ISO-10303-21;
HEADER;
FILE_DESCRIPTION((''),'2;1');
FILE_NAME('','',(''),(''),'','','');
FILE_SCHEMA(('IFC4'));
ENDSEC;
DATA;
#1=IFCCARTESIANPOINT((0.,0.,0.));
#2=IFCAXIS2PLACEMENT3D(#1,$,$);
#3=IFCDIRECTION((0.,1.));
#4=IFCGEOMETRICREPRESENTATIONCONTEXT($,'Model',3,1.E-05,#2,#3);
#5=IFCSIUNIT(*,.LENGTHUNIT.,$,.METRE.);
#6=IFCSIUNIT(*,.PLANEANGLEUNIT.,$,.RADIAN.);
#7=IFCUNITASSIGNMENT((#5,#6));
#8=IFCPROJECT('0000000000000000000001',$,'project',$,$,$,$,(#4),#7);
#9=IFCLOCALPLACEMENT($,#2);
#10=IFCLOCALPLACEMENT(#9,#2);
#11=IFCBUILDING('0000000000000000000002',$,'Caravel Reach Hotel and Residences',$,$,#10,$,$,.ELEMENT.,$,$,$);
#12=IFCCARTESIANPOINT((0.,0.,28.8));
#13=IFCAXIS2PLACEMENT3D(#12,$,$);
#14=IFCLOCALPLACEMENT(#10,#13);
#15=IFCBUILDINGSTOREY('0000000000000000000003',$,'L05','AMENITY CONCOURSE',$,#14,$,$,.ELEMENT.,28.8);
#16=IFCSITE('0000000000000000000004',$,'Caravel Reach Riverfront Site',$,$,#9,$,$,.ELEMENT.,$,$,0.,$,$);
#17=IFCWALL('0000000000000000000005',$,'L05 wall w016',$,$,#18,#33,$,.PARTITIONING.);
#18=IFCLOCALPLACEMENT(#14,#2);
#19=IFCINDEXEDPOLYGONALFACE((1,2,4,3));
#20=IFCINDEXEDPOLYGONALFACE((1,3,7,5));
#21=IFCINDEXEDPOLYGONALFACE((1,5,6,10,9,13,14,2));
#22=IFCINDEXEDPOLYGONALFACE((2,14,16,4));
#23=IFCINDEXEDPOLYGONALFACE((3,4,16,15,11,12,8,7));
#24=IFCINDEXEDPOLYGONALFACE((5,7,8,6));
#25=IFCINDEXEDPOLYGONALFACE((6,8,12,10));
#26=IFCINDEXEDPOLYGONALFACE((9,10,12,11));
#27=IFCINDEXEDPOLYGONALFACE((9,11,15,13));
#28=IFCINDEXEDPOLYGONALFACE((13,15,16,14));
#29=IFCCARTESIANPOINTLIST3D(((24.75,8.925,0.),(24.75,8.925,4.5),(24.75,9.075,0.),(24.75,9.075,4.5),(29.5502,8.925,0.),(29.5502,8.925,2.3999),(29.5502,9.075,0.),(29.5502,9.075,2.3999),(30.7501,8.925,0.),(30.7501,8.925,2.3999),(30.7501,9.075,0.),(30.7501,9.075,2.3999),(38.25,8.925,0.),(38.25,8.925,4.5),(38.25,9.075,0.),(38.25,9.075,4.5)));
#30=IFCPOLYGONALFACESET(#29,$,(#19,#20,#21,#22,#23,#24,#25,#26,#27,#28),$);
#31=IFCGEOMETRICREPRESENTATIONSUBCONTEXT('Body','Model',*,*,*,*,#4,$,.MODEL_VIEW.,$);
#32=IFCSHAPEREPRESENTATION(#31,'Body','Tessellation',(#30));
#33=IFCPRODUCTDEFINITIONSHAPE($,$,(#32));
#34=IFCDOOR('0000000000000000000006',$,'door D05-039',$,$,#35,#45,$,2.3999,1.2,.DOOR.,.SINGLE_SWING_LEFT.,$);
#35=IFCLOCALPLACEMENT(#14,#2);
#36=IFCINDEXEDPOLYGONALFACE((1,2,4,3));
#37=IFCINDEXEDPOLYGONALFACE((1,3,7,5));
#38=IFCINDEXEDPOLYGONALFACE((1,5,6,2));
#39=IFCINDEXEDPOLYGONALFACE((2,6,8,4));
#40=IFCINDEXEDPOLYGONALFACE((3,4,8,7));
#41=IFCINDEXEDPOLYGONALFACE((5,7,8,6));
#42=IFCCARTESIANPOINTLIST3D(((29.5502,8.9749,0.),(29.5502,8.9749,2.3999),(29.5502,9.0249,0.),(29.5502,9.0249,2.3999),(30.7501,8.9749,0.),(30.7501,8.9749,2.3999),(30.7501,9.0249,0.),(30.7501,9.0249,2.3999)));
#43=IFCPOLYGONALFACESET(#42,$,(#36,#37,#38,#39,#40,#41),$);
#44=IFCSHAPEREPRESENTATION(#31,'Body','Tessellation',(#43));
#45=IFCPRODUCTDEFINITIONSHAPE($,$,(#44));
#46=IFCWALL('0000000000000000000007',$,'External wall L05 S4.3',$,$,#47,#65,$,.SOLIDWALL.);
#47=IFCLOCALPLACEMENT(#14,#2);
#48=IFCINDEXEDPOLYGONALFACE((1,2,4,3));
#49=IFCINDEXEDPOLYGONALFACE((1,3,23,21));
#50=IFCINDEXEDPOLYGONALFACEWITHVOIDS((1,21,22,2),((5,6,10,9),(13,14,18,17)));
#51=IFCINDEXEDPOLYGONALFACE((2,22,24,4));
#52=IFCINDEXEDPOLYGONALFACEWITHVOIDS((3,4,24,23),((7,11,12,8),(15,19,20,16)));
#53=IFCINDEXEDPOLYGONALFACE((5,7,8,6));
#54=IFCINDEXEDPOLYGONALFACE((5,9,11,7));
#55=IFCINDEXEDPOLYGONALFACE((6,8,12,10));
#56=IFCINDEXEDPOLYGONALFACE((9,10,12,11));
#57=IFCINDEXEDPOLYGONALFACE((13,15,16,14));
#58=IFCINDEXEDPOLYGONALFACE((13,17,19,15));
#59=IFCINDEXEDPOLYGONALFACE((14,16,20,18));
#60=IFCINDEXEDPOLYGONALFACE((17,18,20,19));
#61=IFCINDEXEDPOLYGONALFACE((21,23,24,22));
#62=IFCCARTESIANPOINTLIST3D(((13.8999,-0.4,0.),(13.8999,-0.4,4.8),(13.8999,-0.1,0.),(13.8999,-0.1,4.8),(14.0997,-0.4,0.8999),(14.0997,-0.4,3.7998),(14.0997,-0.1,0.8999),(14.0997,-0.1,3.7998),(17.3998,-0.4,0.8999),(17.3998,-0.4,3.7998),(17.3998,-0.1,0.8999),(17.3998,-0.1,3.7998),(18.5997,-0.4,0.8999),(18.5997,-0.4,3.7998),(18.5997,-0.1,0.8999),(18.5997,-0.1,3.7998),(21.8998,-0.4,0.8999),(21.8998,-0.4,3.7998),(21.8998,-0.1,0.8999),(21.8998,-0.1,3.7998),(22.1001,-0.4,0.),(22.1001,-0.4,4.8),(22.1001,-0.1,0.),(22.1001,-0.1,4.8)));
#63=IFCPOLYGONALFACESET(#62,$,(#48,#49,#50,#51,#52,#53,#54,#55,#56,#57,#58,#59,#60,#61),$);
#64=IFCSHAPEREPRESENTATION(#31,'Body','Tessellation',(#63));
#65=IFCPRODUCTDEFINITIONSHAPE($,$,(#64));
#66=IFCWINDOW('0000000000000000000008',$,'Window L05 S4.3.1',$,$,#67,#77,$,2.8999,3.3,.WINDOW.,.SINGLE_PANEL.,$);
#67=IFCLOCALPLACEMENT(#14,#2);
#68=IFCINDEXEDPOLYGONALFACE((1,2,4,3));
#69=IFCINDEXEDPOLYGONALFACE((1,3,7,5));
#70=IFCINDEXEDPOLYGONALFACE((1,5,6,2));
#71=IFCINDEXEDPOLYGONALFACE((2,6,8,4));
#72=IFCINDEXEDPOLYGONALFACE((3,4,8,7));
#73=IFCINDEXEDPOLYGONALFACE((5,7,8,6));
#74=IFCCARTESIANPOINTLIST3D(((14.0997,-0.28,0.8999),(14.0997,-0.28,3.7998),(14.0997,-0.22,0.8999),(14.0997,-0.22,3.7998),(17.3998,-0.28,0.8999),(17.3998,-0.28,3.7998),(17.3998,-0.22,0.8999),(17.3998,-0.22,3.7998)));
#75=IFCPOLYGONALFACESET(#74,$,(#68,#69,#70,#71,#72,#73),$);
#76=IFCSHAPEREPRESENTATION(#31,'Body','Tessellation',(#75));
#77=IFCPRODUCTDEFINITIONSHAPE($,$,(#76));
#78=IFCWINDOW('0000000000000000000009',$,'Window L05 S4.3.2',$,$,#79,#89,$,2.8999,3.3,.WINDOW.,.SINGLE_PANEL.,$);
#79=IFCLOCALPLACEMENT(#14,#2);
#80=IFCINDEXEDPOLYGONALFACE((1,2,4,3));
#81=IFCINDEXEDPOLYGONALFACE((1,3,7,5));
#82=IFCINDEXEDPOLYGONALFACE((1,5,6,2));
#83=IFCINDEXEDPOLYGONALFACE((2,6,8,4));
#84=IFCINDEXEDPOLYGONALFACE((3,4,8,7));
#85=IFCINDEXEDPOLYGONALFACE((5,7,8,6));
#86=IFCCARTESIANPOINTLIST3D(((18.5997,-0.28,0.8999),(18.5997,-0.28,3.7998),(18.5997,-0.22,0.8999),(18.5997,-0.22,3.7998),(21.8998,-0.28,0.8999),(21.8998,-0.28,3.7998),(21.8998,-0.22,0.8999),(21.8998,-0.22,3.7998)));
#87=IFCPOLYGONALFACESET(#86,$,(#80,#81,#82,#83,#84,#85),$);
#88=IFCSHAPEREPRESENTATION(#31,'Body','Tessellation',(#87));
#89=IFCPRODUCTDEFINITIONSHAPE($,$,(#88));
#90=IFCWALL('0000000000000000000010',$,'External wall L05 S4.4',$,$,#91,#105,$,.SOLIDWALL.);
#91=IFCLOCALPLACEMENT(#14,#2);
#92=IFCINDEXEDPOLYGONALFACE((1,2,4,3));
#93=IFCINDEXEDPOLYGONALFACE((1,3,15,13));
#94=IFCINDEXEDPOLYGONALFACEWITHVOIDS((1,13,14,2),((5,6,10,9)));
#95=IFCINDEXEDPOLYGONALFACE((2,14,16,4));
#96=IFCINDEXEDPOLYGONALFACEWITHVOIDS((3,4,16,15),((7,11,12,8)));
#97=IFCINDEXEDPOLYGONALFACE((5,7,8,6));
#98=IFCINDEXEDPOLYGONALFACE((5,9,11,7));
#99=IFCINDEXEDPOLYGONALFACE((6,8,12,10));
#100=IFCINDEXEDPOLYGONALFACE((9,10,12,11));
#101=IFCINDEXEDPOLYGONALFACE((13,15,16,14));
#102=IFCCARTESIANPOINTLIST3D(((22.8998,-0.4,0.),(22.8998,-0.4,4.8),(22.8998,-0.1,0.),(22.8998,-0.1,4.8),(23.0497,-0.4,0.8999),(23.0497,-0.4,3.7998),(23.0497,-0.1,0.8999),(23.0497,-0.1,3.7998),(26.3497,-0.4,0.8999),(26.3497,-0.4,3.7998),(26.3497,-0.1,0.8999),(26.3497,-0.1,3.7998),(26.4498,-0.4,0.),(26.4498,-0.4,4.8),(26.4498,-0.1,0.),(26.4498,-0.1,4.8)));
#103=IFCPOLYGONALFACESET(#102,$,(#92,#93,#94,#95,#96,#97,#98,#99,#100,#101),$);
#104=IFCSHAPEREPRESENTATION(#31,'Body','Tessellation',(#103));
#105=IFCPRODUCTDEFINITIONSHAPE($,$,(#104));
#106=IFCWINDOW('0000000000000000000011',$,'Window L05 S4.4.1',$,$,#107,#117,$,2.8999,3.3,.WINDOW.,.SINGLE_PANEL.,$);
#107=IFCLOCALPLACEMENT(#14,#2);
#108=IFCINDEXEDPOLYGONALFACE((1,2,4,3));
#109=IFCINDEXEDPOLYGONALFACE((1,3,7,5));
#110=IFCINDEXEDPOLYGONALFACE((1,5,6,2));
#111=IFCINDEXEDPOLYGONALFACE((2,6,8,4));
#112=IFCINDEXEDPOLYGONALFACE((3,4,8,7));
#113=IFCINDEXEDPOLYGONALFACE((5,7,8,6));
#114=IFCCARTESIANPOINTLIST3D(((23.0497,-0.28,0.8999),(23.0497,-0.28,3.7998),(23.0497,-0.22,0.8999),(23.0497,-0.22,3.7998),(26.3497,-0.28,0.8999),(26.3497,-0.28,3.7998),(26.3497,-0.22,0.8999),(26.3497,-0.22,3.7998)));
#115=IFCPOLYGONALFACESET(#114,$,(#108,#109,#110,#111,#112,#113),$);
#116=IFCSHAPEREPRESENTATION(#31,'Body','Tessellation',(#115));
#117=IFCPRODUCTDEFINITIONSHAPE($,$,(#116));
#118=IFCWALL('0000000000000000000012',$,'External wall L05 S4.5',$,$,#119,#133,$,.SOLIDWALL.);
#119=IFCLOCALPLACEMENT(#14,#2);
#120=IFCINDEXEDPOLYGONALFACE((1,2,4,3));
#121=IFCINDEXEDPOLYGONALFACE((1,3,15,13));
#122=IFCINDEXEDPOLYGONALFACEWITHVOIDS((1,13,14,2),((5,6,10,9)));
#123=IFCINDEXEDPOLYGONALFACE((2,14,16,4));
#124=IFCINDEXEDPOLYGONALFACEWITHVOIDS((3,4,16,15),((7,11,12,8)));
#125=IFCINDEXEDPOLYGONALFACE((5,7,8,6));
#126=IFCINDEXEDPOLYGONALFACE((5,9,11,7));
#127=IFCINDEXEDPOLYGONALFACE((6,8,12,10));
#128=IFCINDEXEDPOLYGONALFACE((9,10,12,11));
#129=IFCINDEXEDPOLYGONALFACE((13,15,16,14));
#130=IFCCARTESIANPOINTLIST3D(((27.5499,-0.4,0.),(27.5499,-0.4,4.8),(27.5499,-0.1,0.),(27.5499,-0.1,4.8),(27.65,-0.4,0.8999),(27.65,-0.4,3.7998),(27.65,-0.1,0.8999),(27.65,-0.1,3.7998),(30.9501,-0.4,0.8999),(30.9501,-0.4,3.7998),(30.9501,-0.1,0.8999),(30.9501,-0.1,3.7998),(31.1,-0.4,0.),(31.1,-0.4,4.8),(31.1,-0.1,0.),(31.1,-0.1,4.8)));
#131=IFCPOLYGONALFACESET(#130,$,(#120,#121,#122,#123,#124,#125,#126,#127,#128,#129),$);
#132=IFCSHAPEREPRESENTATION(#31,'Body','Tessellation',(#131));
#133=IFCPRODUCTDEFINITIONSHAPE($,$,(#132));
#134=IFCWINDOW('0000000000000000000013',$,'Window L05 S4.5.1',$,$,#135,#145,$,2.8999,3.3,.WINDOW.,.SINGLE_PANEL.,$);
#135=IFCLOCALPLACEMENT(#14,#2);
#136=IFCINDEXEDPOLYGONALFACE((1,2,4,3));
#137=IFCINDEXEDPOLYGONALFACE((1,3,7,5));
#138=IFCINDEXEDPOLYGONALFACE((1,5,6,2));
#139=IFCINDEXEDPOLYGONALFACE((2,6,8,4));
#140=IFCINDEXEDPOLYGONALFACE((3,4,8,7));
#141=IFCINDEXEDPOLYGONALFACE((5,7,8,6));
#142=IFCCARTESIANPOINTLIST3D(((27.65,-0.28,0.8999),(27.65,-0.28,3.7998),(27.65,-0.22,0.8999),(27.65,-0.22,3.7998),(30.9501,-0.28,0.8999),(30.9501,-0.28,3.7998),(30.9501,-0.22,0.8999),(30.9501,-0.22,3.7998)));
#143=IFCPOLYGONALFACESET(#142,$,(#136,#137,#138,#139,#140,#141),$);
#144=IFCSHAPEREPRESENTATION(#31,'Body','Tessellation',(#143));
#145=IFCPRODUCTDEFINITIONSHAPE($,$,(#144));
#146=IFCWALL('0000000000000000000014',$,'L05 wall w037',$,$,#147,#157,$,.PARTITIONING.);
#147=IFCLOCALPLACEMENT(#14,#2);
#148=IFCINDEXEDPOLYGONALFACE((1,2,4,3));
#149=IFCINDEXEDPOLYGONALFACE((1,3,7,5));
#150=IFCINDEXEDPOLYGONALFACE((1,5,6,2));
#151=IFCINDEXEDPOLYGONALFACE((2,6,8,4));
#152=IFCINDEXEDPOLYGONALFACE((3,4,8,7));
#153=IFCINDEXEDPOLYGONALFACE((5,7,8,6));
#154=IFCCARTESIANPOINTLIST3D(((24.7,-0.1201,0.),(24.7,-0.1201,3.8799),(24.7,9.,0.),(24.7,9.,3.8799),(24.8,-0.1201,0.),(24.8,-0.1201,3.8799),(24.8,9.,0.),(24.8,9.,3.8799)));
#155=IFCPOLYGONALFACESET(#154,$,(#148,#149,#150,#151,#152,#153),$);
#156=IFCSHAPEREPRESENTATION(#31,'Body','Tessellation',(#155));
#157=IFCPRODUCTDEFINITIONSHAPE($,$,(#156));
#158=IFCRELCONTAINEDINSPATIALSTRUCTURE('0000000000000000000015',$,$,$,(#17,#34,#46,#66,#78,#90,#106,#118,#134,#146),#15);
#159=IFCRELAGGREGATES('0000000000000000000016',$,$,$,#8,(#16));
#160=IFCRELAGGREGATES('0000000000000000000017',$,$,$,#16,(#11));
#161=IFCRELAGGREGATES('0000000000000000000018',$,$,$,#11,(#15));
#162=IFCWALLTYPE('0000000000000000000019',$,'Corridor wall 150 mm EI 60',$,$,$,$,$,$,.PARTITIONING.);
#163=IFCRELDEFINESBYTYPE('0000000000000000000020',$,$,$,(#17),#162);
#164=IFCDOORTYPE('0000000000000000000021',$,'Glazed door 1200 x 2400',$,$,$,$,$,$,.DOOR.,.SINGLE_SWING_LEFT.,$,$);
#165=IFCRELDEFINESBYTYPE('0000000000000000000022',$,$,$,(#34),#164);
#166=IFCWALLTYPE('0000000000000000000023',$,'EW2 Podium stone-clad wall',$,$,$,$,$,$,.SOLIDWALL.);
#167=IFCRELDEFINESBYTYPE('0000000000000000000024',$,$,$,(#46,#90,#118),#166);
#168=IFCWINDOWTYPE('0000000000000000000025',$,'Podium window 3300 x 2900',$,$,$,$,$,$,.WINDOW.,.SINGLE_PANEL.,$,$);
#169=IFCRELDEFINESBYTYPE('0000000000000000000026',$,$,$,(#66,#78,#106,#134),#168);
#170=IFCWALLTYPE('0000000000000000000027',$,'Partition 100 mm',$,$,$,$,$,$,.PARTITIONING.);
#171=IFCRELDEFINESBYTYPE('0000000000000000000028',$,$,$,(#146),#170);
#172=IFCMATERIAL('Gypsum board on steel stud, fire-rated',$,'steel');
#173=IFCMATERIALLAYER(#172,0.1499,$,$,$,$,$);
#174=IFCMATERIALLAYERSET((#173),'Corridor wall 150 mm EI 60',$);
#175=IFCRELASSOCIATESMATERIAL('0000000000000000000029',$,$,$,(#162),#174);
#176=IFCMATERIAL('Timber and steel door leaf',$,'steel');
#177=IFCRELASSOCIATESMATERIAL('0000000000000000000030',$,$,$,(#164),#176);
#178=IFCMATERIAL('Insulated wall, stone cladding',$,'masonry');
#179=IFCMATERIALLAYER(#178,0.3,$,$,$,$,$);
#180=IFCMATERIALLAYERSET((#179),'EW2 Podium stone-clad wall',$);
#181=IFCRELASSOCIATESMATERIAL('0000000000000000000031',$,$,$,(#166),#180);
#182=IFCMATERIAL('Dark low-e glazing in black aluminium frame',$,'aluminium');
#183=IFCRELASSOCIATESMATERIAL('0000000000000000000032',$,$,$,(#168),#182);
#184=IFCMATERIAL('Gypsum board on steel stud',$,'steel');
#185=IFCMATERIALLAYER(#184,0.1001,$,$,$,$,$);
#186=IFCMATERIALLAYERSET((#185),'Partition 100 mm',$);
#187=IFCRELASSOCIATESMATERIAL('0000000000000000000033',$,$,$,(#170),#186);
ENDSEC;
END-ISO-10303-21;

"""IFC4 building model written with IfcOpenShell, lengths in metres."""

from ifc_helpers import new_model, si_unit, direction, frame, frame_2d, origin, place, context, subcontext, project, spatial, rectangle, extrude, material, layer, layer_set, type_object, element, fill, save


model = new_model("IFC4")

# Units and contexts
model_context = context("Model", 3, precision=1e-05, world=origin(), true_north=direction((0.0, 1.0)))
body_context = subcontext(model_context, "Body", "Model", "MODEL_VIEW")
ifc_project = project(units=[si_unit("LENGTHUNIT", "METRE"), si_unit("PLANEANGLEUNIT", "RADIAN")], contexts=[model_context])

# Site, building, storey
site_placement = place(None, origin())
site = spatial("IfcSite", under=ifc_project, at=site_placement, Name="Caravel Reach Riverfront Site", CompositionType="ELEMENT", RefElevation=0.0)
building_placement = place(site_placement, origin())
building = spatial("IfcBuilding", under=site, at=building_placement, Name="Caravel Reach Hotel and Residences", CompositionType="ELEMENT")
storey_placement = place(building_placement, frame((0.0, 0.0, 28.8)))
storey = spatial("IfcBuildingStorey", under=building, at=storey_placement, Name="L05", Description="AMENITY CONCOURSE", CompositionType="ELEMENT", Elevation=28.8)

# Wall, opening, door
ifc_material_1 = material(Name="Gypsum board on steel stud, fire-rated", Category="steel")
ifc_layer_1 = layer(ifc_material_1, 0.1499)
ifc_layer_set_1 = layer_set([ifc_layer_1], Name="Corridor wall 150 mm EI 60")
wall_type_1 = type_object("IfcWallType", Name="Corridor wall 150 mm EI 60", PredefinedType="PARTITIONING", material=ifc_layer_set_1)
wall_1_placement = place(storey_placement, frame((24.75, 9.0, 0.0), z_axis=(0.0, 0.0, 1.0), x_axis=(1.0, 0.0, 0.0)))
wall_1 = element("IfcWall", 1, at=wall_1_placement, inside=storey, type_object=wall_type_1, Name="L05 wall w016", PredefinedType="PARTITIONING", context=body_context, shape_type="SweptSolid", body=[
    extrude(rectangle(XDim=13.5, YDim=0.1499, at=frame_2d((6.75, 0.0))), origin(), (0.0, 0.0, 1.0), 4.5),
])
opening_1_placement = place(wall_1_placement, frame((4.8, 0.0, 0.0)))
opening_1 = element("IfcOpeningElement", 2, at=opening_1_placement, cuts=wall_1, PredefinedType="OPENING", context=body_context, shape_type="SweptSolid", body=[
    extrude(rectangle(XDim=1.2, YDim=2.3999, at=frame_2d((0.6001, 1.2))), frame((0.0, 0.085, 0.0), z_axis=(0.0, -1.0, 0.0), x_axis=(1.0, 0.0, 0.0)), (0.0, 0.0, 1.0), 0.1699),
])
ifc_material_2 = material(Name="Timber and steel door leaf", Category="steel")
door_type_1 = type_object("IfcDoorType", Name="Glazed door 1200 x 2400", OperationType="SINGLE_SWING_LEFT", PredefinedType="DOOR", material=ifc_material_2)
door_1_placement = place(opening_1_placement, origin())
door_1 = element("IfcDoor", 3, at=door_1_placement, inside=storey, type_object=door_type_1, Name="door D05-039", OperationType="SINGLE_SWING_LEFT", OverallHeight=2.3999, OverallWidth=1.2, PredefinedType="DOOR", context=body_context, shape_type="SweptSolid", body=[
    extrude(rectangle(XDim=1.2, YDim=2.3999, at=frame_2d((0.6001, 1.2))), frame((0.0, 0.0249, 0.0), z_axis=(0.0, -1.0, 0.0), x_axis=(1.0, 0.0, 0.0)), (0.0, 0.0, 1.0), 0.05),
])
fill(opening_1, door_1)

# Wall, openings, windows
ifc_material_3 = material(Name="Insulated wall, stone cladding", Category="masonry")
ifc_layer_2 = layer(ifc_material_3, 0.3)
ifc_layer_set_2 = layer_set([ifc_layer_2], Name="EW2 Podium stone-clad wall")
wall_type_2 = type_object("IfcWallType", Name="EW2 Podium stone-clad wall", PredefinedType="SOLIDWALL", material=ifc_layer_set_2)
wall_2_placement = place(storey_placement, frame((13.8999, -0.25, 0.0), z_axis=(0.0, 0.0, 1.0), x_axis=(1.0, 0.0, 0.0)))
wall_2 = element("IfcWall", 4, at=wall_2_placement, inside=storey, type_object=wall_type_2, Name="External wall L05 S4.3", PredefinedType="SOLIDWALL", context=body_context, shape_type="SweptSolid", body=[
    extrude(rectangle(XDim=8.2002, YDim=0.3, at=frame_2d((4.1001, 0.0))), origin(), (0.0, 0.0, 1.0), 4.8),
])
opening_2_placement = place(wall_2_placement, frame((0.2, 0.0, 0.8999)))
opening_2 = element("IfcOpeningElement", 5, at=opening_2_placement, cuts=wall_2, PredefinedType="OPENING", context=body_context, shape_type="SweptSolid", body=[
    extrude(rectangle(XDim=3.3, YDim=2.8999, at=frame_2d((1.6499, 1.45))), frame((0.0, 0.1599, 0.0), z_axis=(0.0, -1.0, 0.0), x_axis=(1.0, 0.0, 0.0)), (0.0, 0.0, 1.0), 0.3201),
])
opening_3_placement = place(wall_2_placement, frame((4.7, 0.0, 0.8999)))
opening_3 = element("IfcOpeningElement", 6, at=opening_3_placement, cuts=wall_2, PredefinedType="OPENING", context=body_context, shape_type="SweptSolid", body=[
    extrude(rectangle(XDim=3.3, YDim=2.8999, at=frame_2d((1.6499, 1.45))), frame((0.0, 0.1599, 0.0), z_axis=(0.0, -1.0, 0.0), x_axis=(1.0, 0.0, 0.0)), (0.0, 0.0, 1.0), 0.3201),
])
ifc_material_4 = material(Name="Dark low-e glazing in black aluminium frame", Category="aluminium")
window_type = type_object("IfcWindowType", Name="Podium window 3300 x 2900", PartitioningType="SINGLE_PANEL", PredefinedType="WINDOW", material=ifc_material_4)
window_1_placement = place(opening_2_placement, origin())
window_1 = element("IfcWindow", 7, at=window_1_placement, inside=storey, type_object=window_type, Name="Window L05 S4.3.1", OverallHeight=2.8999, OverallWidth=3.3, PartitioningType="SINGLE_PANEL", PredefinedType="WINDOW", context=body_context, shape_type="SweptSolid", body=[
    extrude(rectangle(XDim=3.3, YDim=2.8999, at=frame_2d((1.6499, 1.45))), frame((0.0, 0.03, 0.0), z_axis=(0.0, -1.0, 0.0), x_axis=(1.0, 0.0, 0.0)), (0.0, 0.0, 1.0), 0.0601),
])
fill(opening_2, window_1)
window_2_placement = place(opening_3_placement, origin())
window_2 = element("IfcWindow", 8, at=window_2_placement, inside=storey, type_object=window_type, Name="Window L05 S4.3.2", OverallHeight=2.8999, OverallWidth=3.3, PartitioningType="SINGLE_PANEL", PredefinedType="WINDOW", context=body_context, shape_type="SweptSolid", body=[
    extrude(rectangle(XDim=3.3, YDim=2.8999, at=frame_2d((1.6499, 1.45))), frame((0.0, 0.03, 0.0), z_axis=(0.0, -1.0, 0.0), x_axis=(1.0, 0.0, 0.0)), (0.0, 0.0, 1.0), 0.0601),
])
fill(opening_3, window_2)

# Walls, openings, windows
wall_3_placement = place(storey_placement, frame((22.8999, -0.25, 0.0), z_axis=(0.0, 0.0, 1.0), x_axis=(1.0, 0.0, 0.0)))
wall_3 = element("IfcWall", 9, at=wall_3_placement, inside=storey, type_object=wall_type_2, Name="External wall L05 S4.4", PredefinedType="SOLIDWALL", context=body_context, shape_type="SweptSolid", body=[
    extrude(rectangle(XDim=3.55, YDim=0.3, at=frame_2d((1.7749, 0.0))), origin(), (0.0, 0.0, 1.0), 4.8),
])
opening_4_placement = place(wall_3_placement, frame((0.1499, 0.0, 0.8999)))
opening_4 = element("IfcOpeningElement", 10, at=opening_4_placement, cuts=wall_3, PredefinedType="OPENING", context=body_context, shape_type="SweptSolid", body=[
    extrude(rectangle(XDim=3.3, YDim=2.8999, at=frame_2d((1.6499, 1.45))), frame((0.0, 0.1599, 0.0), z_axis=(0.0, -1.0, 0.0), x_axis=(1.0, 0.0, 0.0)), (0.0, 0.0, 1.0), 0.3201),
])
window_3_placement = place(opening_4_placement, origin())
window_3 = element("IfcWindow", 11, at=window_3_placement, inside=storey, type_object=window_type, Name="Window L05 S4.4.1", OverallHeight=2.8999, OverallWidth=3.3, PartitioningType="SINGLE_PANEL", PredefinedType="WINDOW", context=body_context, shape_type="SweptSolid", body=[
    extrude(rectangle(XDim=3.3, YDim=2.8999, at=frame_2d((1.6499, 1.45))), frame((0.0, 0.03, 0.0), z_axis=(0.0, -1.0, 0.0), x_axis=(1.0, 0.0, 0.0)), (0.0, 0.0, 1.0), 0.0601),
])
fill(opening_4, window_3)
wall_4_placement = place(storey_placement, frame((27.55, -0.25, 0.0), z_axis=(0.0, 0.0, 1.0), x_axis=(1.0, 0.0, 0.0)))
wall_4 = element("IfcWall", 12, at=wall_4_placement, inside=storey, type_object=wall_type_2, Name="External wall L05 S4.5", PredefinedType="SOLIDWALL", context=body_context, shape_type="SweptSolid", body=[
    extrude(rectangle(XDim=3.55, YDim=0.3, at=frame_2d((1.7749, 0.0))), origin(), (0.0, 0.0, 1.0), 4.8),
])
opening_5_placement = place(wall_4_placement, frame((0.1001, 0.0, 0.8999)))
opening_5 = element("IfcOpeningElement", 13, at=opening_5_placement, cuts=wall_4, PredefinedType="OPENING", context=body_context, shape_type="SweptSolid", body=[
    extrude(rectangle(XDim=3.3, YDim=2.8999, at=frame_2d((1.6499, 1.45))), frame((0.0, 0.1599, 0.0), z_axis=(0.0, -1.0, 0.0), x_axis=(1.0, 0.0, 0.0)), (0.0, 0.0, 1.0), 0.3201),
])
window_4_placement = place(opening_5_placement, origin())
window_4 = element("IfcWindow", 14, at=window_4_placement, inside=storey, type_object=window_type, Name="Window L05 S4.5.1", OverallHeight=2.8999, OverallWidth=3.3, PartitioningType="SINGLE_PANEL", PredefinedType="WINDOW", context=body_context, shape_type="SweptSolid", body=[
    extrude(rectangle(XDim=3.3, YDim=2.8999, at=frame_2d((1.6499, 1.45))), frame((0.0, 0.03, 0.0), z_axis=(0.0, -1.0, 0.0), x_axis=(1.0, 0.0, 0.0)), (0.0, 0.0, 1.0), 0.0601),
])
fill(opening_5, window_4)

# Wall
ifc_material_5 = material(Name="Gypsum board on steel stud", Category="steel")
ifc_layer_3 = layer(ifc_material_5, 0.1001)
ifc_layer_set_3 = layer_set([ifc_layer_3], Name="Partition 100 mm")
wall_type_3 = type_object("IfcWallType", Name="Partition 100 mm", PredefinedType="PARTITIONING", material=ifc_layer_set_3)
wall_5_placement = place(storey_placement, frame((24.75, -0.1201, 0.0), z_axis=(0.0, 0.0, 1.0), x_axis=(0.0, 1.0, 0.0)))
element("IfcWall", 15, at=wall_5_placement, inside=storey, type_object=wall_type_3, Name="L05 wall w037", PredefinedType="PARTITIONING", context=body_context, shape_type="SweptSolid", body=[
    extrude(rectangle(XDim=9.1201, YDim=0.1001, at=frame_2d((4.5601, 0.0))), origin(), (0.0, 0.0, 1.0), 3.8799),
])

save(model, "model.ifc")
